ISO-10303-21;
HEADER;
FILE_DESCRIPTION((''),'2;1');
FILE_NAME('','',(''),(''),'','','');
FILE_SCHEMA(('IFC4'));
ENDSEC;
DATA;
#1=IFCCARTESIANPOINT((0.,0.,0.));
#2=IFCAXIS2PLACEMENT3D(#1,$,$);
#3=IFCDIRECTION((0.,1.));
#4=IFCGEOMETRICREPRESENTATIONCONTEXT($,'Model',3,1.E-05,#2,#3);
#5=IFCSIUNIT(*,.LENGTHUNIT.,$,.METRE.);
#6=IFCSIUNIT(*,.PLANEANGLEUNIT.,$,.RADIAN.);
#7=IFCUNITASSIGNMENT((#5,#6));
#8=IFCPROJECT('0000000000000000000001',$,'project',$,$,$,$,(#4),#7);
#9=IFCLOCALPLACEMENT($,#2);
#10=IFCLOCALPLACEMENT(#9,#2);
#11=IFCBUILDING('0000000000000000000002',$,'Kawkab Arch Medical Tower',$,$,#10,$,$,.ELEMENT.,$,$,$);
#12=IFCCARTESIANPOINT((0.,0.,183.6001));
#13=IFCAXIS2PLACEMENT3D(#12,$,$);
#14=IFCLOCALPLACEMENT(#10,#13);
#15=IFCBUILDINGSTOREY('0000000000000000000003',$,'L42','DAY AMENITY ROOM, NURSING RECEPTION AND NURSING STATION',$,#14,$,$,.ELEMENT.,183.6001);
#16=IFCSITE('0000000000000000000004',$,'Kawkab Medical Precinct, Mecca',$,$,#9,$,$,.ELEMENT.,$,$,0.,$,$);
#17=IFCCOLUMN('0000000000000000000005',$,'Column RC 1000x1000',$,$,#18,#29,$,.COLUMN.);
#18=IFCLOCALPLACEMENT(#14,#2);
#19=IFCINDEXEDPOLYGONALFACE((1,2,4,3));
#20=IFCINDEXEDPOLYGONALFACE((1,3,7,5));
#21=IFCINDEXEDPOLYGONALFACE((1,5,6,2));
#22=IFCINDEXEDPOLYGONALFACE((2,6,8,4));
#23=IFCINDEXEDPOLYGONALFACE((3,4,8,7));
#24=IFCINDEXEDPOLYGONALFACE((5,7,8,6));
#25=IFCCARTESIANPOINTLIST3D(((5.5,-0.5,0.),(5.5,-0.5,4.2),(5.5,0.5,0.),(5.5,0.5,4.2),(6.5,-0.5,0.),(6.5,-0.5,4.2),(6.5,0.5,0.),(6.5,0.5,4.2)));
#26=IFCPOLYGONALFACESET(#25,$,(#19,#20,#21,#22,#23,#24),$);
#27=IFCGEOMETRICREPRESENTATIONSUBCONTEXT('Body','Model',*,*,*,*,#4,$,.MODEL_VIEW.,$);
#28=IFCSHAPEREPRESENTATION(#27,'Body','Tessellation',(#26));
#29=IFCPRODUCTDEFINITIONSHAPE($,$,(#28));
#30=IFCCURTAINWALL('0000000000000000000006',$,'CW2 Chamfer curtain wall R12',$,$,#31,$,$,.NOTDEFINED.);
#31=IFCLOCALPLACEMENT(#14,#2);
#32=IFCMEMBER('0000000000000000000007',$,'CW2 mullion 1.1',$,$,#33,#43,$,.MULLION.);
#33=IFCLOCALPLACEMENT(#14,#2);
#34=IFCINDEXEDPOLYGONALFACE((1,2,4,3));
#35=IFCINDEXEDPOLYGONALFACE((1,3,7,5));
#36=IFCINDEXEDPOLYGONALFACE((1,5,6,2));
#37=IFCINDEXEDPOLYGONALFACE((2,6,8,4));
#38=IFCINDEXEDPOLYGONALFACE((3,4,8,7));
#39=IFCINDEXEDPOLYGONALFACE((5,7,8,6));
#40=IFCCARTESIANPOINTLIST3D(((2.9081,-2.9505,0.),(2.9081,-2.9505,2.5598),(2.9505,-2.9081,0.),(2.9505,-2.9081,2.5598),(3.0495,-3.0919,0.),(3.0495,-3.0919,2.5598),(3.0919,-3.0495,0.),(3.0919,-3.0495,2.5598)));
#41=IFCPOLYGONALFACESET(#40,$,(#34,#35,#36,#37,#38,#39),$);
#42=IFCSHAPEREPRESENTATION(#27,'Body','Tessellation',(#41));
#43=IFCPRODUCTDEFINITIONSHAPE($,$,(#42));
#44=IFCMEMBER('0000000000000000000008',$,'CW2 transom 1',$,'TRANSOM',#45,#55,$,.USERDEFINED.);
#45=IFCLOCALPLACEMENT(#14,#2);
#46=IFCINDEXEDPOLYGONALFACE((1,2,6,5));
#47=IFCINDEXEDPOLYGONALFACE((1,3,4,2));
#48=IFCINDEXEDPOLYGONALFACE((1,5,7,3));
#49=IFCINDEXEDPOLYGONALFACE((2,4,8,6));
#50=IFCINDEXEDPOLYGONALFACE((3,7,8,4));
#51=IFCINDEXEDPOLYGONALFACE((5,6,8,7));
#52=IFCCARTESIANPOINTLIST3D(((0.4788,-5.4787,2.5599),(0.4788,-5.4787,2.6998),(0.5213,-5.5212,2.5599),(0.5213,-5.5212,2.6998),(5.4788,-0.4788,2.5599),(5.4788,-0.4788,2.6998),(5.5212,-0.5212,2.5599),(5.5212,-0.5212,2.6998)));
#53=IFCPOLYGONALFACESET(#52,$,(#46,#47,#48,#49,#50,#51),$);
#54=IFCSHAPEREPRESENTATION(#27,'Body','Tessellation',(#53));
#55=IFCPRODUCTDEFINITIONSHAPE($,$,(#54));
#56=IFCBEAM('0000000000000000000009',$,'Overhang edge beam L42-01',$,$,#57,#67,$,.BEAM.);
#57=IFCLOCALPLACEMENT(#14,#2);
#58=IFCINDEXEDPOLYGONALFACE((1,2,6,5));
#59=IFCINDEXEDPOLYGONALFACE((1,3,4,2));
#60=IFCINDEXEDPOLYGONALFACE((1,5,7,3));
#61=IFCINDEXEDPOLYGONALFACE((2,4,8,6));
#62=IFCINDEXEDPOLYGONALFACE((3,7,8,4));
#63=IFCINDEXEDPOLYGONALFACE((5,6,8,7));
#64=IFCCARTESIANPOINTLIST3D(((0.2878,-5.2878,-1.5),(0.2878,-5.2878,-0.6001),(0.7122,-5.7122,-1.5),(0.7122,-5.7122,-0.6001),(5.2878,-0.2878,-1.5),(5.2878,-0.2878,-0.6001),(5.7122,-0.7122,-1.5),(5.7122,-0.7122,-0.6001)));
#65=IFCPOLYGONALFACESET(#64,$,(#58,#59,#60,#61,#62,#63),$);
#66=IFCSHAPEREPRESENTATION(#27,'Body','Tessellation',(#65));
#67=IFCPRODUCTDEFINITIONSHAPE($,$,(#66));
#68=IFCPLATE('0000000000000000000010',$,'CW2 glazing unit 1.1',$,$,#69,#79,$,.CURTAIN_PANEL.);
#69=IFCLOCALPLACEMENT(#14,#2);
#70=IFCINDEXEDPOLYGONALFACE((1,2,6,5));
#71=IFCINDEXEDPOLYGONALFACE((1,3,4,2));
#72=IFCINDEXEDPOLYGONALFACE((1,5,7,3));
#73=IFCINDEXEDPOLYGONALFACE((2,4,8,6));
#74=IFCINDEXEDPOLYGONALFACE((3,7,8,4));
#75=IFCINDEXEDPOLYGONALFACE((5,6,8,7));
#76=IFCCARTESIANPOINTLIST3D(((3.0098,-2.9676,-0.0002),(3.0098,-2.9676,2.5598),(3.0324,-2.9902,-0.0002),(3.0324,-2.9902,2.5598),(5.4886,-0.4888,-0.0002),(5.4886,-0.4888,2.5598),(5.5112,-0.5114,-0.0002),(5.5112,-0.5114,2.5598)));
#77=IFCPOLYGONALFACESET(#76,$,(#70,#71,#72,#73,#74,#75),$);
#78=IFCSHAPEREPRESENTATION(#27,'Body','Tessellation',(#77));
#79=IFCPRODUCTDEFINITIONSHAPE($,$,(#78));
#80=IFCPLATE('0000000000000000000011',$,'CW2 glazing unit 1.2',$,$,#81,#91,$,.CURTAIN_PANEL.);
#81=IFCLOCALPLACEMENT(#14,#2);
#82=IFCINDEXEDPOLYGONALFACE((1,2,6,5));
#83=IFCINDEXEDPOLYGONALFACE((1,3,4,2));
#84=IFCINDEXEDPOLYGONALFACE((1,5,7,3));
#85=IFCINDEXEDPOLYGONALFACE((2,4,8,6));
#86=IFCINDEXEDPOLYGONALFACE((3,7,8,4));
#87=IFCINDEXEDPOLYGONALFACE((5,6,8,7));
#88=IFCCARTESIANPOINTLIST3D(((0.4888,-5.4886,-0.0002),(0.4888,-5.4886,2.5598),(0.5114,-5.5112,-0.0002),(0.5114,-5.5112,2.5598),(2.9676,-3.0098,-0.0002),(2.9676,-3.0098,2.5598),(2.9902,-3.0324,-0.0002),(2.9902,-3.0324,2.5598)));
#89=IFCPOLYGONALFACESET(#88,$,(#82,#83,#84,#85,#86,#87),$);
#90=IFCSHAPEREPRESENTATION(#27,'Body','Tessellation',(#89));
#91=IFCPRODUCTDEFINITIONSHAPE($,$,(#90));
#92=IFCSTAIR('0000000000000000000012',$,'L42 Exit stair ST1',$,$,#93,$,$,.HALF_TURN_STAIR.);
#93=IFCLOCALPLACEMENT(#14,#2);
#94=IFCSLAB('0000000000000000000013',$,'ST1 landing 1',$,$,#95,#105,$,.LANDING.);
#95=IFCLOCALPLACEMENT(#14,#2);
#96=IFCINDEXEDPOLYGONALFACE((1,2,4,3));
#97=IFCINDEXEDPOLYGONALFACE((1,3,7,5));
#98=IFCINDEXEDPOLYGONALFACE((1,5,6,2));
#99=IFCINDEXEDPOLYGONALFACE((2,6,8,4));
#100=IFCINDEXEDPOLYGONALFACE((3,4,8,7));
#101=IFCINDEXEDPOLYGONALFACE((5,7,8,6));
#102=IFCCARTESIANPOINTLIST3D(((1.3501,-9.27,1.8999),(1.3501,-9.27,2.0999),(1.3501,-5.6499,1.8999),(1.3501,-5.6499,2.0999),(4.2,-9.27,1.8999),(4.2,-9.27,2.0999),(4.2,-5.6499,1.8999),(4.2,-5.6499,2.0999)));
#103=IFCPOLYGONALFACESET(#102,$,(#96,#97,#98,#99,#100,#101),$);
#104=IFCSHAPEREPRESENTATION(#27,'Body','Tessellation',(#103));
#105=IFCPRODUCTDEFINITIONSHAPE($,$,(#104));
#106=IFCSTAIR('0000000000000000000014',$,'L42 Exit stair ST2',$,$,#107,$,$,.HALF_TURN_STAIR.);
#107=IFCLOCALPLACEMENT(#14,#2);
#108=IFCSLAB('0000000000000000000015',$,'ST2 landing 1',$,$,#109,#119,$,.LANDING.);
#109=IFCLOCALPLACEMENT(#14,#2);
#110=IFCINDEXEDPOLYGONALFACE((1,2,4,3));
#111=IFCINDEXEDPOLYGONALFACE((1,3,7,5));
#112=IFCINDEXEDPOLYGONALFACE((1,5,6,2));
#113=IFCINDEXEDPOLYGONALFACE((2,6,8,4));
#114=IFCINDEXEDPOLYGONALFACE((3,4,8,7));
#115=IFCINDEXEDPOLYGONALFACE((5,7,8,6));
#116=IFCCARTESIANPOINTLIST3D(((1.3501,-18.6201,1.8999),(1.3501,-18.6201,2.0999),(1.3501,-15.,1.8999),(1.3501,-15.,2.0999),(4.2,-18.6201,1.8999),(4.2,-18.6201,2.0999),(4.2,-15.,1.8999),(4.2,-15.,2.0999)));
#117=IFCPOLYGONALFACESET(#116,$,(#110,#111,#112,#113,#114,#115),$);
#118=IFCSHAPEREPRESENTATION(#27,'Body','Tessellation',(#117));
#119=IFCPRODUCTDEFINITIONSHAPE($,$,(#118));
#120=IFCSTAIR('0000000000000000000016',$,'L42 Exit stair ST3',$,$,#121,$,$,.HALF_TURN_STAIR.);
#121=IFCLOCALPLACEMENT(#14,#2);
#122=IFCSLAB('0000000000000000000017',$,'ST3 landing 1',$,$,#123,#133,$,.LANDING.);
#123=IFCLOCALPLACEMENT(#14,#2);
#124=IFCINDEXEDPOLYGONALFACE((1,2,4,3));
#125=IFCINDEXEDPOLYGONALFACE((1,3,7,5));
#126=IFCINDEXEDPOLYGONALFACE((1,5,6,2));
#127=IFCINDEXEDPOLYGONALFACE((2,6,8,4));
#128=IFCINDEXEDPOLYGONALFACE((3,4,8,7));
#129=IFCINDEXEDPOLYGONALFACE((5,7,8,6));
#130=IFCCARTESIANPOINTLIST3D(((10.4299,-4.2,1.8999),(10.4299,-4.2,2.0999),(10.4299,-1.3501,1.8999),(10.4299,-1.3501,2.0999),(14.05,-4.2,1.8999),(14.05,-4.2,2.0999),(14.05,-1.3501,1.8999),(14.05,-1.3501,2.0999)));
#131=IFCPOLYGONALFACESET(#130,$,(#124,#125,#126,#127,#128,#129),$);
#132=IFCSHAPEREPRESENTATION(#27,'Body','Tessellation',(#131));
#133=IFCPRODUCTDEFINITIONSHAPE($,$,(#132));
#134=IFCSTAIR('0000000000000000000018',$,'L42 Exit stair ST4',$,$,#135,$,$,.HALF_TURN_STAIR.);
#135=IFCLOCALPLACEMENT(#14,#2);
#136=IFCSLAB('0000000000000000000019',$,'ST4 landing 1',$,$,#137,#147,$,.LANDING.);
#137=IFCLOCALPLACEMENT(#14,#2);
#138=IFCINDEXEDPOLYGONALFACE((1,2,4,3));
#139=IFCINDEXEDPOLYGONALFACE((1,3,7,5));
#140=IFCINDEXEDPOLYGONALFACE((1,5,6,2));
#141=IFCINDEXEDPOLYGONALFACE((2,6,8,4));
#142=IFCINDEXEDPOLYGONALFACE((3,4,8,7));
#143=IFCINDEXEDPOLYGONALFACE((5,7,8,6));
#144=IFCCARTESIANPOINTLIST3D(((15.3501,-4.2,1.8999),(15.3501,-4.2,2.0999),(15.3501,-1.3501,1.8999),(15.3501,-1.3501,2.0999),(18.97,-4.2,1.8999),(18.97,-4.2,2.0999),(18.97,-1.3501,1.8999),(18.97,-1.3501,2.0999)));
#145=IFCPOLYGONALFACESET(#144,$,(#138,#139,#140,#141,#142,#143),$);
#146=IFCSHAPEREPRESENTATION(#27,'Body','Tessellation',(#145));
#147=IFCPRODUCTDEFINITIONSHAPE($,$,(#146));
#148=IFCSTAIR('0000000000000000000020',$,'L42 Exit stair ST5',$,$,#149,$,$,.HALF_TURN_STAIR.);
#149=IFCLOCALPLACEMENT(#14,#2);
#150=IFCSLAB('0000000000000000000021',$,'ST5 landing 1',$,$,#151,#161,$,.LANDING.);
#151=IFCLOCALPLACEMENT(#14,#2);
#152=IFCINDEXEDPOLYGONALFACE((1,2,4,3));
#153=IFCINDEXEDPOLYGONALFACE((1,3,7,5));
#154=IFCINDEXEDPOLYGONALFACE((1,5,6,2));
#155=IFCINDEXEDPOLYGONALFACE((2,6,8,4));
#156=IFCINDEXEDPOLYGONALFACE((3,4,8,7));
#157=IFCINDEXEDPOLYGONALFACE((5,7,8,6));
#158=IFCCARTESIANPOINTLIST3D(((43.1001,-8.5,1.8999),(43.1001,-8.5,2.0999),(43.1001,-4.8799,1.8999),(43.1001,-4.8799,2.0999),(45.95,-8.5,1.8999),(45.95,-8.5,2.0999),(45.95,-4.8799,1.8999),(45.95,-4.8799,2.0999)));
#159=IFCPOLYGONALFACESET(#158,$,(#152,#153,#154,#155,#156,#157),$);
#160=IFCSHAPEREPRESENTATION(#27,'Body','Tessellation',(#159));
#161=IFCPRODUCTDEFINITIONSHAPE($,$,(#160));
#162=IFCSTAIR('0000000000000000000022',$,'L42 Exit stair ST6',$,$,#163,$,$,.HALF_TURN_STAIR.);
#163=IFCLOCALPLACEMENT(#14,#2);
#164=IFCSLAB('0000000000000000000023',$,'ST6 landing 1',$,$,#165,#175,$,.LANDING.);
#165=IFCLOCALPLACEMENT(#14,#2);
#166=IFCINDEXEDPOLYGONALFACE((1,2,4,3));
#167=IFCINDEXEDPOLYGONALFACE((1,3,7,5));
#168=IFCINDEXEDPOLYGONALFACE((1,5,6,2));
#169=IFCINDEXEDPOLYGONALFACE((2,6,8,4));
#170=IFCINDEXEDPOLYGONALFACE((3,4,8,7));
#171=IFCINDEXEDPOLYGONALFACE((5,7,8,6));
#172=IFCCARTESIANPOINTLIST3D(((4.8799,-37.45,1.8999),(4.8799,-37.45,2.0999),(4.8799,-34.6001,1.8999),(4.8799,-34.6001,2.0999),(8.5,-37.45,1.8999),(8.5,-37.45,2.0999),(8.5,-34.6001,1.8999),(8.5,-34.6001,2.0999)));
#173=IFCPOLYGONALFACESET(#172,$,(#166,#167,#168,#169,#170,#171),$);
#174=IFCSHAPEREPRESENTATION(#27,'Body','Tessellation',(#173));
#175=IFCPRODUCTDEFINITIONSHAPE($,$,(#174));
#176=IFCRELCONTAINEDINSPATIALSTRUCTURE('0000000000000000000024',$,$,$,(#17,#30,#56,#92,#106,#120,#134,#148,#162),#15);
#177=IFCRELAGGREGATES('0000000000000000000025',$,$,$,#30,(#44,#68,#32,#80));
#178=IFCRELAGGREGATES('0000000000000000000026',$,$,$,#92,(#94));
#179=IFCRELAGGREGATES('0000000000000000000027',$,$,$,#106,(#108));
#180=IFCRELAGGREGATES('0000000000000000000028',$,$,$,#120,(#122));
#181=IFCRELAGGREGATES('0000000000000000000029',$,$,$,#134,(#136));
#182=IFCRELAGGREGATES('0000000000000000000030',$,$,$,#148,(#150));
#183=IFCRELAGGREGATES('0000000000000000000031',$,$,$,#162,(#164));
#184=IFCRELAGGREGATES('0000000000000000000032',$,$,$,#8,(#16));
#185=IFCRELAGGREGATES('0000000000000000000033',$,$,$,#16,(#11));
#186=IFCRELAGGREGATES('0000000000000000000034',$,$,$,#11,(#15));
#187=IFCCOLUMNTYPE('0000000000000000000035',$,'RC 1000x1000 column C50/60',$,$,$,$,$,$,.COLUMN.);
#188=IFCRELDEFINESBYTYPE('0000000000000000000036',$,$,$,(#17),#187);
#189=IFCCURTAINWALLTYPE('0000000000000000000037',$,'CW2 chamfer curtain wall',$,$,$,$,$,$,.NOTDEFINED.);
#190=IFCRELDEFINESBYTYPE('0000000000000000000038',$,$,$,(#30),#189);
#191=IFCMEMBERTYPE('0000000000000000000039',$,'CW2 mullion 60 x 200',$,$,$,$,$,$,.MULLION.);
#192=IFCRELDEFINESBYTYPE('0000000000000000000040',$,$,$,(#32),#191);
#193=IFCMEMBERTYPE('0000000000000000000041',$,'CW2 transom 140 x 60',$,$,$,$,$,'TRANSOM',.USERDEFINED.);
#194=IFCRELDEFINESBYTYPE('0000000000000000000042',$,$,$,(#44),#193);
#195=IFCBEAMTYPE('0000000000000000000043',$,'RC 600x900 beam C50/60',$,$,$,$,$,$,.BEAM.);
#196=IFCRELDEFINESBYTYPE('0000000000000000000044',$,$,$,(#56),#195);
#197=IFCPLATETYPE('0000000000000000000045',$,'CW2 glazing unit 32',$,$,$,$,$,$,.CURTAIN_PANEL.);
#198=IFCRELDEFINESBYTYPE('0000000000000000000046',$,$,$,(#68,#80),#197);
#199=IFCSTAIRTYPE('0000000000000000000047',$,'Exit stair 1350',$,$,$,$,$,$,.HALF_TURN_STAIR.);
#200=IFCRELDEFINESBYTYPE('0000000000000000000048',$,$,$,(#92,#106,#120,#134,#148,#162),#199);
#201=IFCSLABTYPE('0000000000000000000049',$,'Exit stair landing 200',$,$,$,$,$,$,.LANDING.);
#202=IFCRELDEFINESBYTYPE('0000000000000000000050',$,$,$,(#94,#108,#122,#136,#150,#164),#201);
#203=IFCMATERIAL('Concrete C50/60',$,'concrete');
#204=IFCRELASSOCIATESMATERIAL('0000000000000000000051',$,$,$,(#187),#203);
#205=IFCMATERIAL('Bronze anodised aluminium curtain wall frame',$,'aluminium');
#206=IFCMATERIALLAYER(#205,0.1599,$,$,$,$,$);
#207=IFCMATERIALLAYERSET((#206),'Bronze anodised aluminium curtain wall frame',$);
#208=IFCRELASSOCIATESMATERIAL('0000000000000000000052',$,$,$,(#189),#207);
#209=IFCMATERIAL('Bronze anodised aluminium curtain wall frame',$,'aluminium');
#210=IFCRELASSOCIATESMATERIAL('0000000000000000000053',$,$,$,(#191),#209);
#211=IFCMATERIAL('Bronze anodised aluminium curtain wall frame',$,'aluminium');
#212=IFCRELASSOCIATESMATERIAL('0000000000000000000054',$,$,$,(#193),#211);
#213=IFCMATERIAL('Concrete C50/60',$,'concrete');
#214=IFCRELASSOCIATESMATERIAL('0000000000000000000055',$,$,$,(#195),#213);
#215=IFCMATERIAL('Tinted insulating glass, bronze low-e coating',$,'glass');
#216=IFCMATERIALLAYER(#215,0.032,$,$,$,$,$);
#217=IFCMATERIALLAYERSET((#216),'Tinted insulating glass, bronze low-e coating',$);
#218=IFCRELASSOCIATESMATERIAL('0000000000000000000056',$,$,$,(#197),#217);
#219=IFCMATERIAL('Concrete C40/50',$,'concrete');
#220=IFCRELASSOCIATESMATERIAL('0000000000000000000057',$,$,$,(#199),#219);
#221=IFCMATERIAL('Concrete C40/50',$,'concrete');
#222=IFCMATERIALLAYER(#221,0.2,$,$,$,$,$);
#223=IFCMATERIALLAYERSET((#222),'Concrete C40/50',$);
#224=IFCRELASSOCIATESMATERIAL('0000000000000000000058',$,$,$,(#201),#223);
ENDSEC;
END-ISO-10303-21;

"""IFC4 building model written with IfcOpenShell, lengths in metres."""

from ifc_helpers import new_model, si_unit, direction, frame, origin, origin_2d, place, context, subcontext, project, spatial, polyline, rectangle, outline, extrude, material, layer, layer_set, material_profile, profile_set, type_object, element, aggregate, save


model = new_model("IFC4")

# Units and contexts
model_context = context("Model", 3, precision=1e-05, world=origin(), true_north=direction((0.0, 1.0)))
body_context = subcontext(model_context, "Body", "Model", "MODEL_VIEW")
ifc_project = project(units=[si_unit("LENGTHUNIT", "METRE"), si_unit("PLANEANGLEUNIT", "RADIAN")], contexts=[model_context])

# Site, building, storey
site_placement = place(None, origin())
site = spatial("IfcSite", under=ifc_project, at=site_placement, Name="Kawkab Medical Precinct, Mecca", CompositionType="ELEMENT", RefElevation=0.0)
building_placement = place(site_placement, origin())
building = spatial("IfcBuilding", under=site, at=building_placement, Name="Kawkab Arch Medical Tower", CompositionType="ELEMENT")
storey_placement = place(building_placement, frame((0.0, 0.0, 183.6001)))
storey = spatial("IfcBuildingStorey", under=building, at=storey_placement, Name="L42", Description="DAY AMENITY ROOM, NURSING RECEPTION AND NURSING STATION", CompositionType="ELEMENT", Elevation=183.6001)

# Column
ifc_material_1 = material(Name="Concrete C50/60", Category="concrete")
ifc_material_profile_1 = material_profile(ifc_material_1, rectangle(XDim=1.0, YDim=1.0, at=origin_2d()), Name="RC 1000x1000")
ifc_profile_set_1 = profile_set([ifc_material_profile_1], Name="Concrete C50/60")
column_type = type_object("IfcColumnType", Name="RC 1000x1000 column C50/60", PredefinedType="COLUMN", material=ifc_profile_set_1)
column_placement = place(storey_placement, frame((6.0, 0.0, 0.0), z_axis=(0.0, 0.0, 1.0), x_axis=(1.0, 0.0, 0.0)))
element("IfcColumn", 1, at=column_placement, inside=storey, type_object=column_type, Name="Column RC 1000x1000", PredefinedType="COLUMN", context=body_context, shape_type="SweptSolid", body=[
    extrude(rectangle(XDim=1.0, YDim=1.0, at=origin_2d()), origin(), (0.0, 0.0, 1.0), 4.2),
])

# Curtain wall, members
ifc_material_2 = material(Name="Bronze anodised aluminium curtain wall frame", Category="aluminium")
ifc_layer_1 = layer(ifc_material_2, 0.1599)
ifc_layer_set_1 = layer_set([ifc_layer_1], Name="Bronze anodised aluminium curtain wall frame")
curtain_wall_type = type_object("IfcCurtainWallType", Name="CW2 chamfer curtain wall", PredefinedType="NOTDEFINED", material=ifc_layer_set_1)
placement_1 = place(storey_placement, origin())
curtain_wall = element("IfcCurtainWall", 2, at=placement_1, inside=storey, type_object=curtain_wall_type, Name="CW2 Chamfer curtain wall R12", PredefinedType="NOTDEFINED")
ifc_material_3 = material(Name="Bronze anodised aluminium curtain wall frame", Category="aluminium")
ifc_material_profile_2 = material_profile(ifc_material_3, rectangle(XDim=0.2, YDim=0.0601, at=origin_2d()), Name="AL 60x200")
ifc_profile_set_2 = profile_set([ifc_material_profile_2], Name="Bronze anodised aluminium curtain wall frame")
member_type_1 = type_object("IfcMemberType", Name="CW2 mullion 60 x 200", PredefinedType="MULLION", material=ifc_profile_set_2)
member_1_placement = place(storey_placement, frame((3.0, -3.0, 0.0), z_axis=(0.0, 0.0, 1.0), x_axis=(0.707107, -0.707107, 0.0)))
member_1 = element("IfcMember", 3, at=member_1_placement, type_object=member_type_1, Name="CW2 mullion 1.1", PredefinedType="MULLION", context=body_context, shape_type="SweptSolid", body=[
    extrude(rectangle(XDim=0.2, YDim=0.0601, at=origin_2d()), origin(), (0.0, 0.0, 1.0), 2.5598),
])
ifc_material_4 = material(Name="Bronze anodised aluminium curtain wall frame", Category="aluminium")
ifc_material_profile_3 = material_profile(ifc_material_4, rectangle(XDim=0.0601, YDim=0.1399, at=origin_2d()), Name="AL 60x140")
ifc_profile_set_3 = profile_set([ifc_material_profile_3], Name="Bronze anodised aluminium curtain wall frame")
member_type_2 = type_object("IfcMemberType", Name="CW2 transom 140 x 60", ElementType="TRANSOM", PredefinedType="USERDEFINED", material=ifc_profile_set_3)
member_2_placement = place(storey_placement, frame((5.5, -0.5, 2.6299), z_axis=(-0.707107, -0.707107, 0.0), x_axis=(0.707107, -0.707107, 0.0)))
member_2 = element("IfcMember", 4, at=member_2_placement, type_object=member_type_2, Name="CW2 transom 1", ObjectType="TRANSOM", PredefinedType="USERDEFINED", context=body_context, shape_type="SweptSolid", body=[
    extrude(rectangle(XDim=0.0601, YDim=0.1399, at=origin_2d()), origin(), (0.0, 0.0, 1.0), 7.071),
])

# Beam
ifc_material_5 = material(Name="Concrete C50/60", Category="concrete")
ifc_material_profile_4 = material_profile(ifc_material_5, rectangle(XDim=0.6001, YDim=0.8999, at=origin_2d()), Name="RC 600x900")
ifc_profile_set_4 = profile_set([ifc_material_profile_4], Name="Concrete C50/60")
beam_type = type_object("IfcBeamType", Name="RC 600x900 beam C50/60", PredefinedType="BEAM", material=ifc_profile_set_4)
beam_placement = place(storey_placement, frame((0.5, -5.5, -1.05), z_axis=(0.707107, 0.707107, 0.0), x_axis=(-0.707107, 0.707107, 0.0)))
element("IfcBeam", 5, at=beam_placement, inside=storey, type_object=beam_type, Name="Overhang edge beam L42-01", PredefinedType="BEAM", context=body_context, shape_type="SweptSolid", body=[
    extrude(rectangle(XDim=0.6001, YDim=0.8999, at=origin_2d()), origin(), (0.0, 0.0, 1.0), 7.071),
])

# Plates
ifc_material_6 = material(Name="Tinted insulating glass, bronze low-e coating", Category="glass")
ifc_layer_2 = layer(ifc_material_6, 0.032)
ifc_layer_set_2 = layer_set([ifc_layer_2], Name="Tinted insulating glass, bronze low-e coating")
plate_type = type_object("IfcPlateType", Name="CW2 glazing unit 32", PredefinedType="CURTAIN_PANEL", material=ifc_layer_set_2)
plate_1_placement = place(storey_placement, frame((4.2605, -1.7395, -0.0002), z_axis=(0.0, 0.0, 1.0), x_axis=(-0.707107, -0.707107, 0.0)))
plate_1 = element("IfcPlate", 6, at=plate_1_placement, type_object=plate_type, Name="CW2 glazing unit 1.1", PredefinedType="CURTAIN_PANEL", context=body_context, shape_type="SweptSolid", body=[
    extrude(rectangle(XDim=3.5056, YDim=0.032, at=origin_2d()), origin(), (0.0, 0.0, 1.0), 2.5601),
])
plate_2_placement = place(storey_placement, frame((1.7395, -4.2605, -0.0002), z_axis=(0.0, 0.0, 1.0), x_axis=(-0.707107, -0.707107, 0.0)))
plate_2 = element("IfcPlate", 7, at=plate_2_placement, type_object=plate_type, Name="CW2 glazing unit 1.2", PredefinedType="CURTAIN_PANEL", context=body_context, shape_type="SweptSolid", body=[
    extrude(rectangle(XDim=3.5056, YDim=0.032, at=origin_2d()), origin(), (0.0, 0.0, 1.0), 2.5601),
])
aggregate(curtain_wall, [member_2, plate_1, member_1, plate_2])

# Stairs, slabs
ifc_material_7 = material(Name="Concrete C40/50", Category="concrete")
stair_type = type_object("IfcStairType", Name="Exit stair 1350", PredefinedType="HALF_TURN_STAIR", material=ifc_material_7)
stair_1 = element("IfcStair", 8, at=placement_1, inside=storey, type_object=stair_type, Name="L42 Exit stair ST1", PredefinedType="HALF_TURN_STAIR")
ifc_material_8 = material(Name="Concrete C40/50", Category="concrete")
ifc_layer_3 = layer(ifc_material_8, 0.2)
ifc_layer_set_3 = layer_set([ifc_layer_3], Name="Concrete C40/50")
slab_type_1 = type_object("IfcSlabType", Name="Exit stair landing 200", PredefinedType="LANDING", material=ifc_layer_set_3)
placement_2 = place(storey_placement, frame((0.0, 0.0, 1.8999)))
slab_1 = element("IfcSlab", 9, at=placement_2, type_object=slab_type_1, Name="ST1 landing 1", PredefinedType="LANDING", context=body_context, shape_type="SweptSolid", body=[
    extrude(outline(polyline([(4.2, -9.27), (4.2, -5.6499), (1.3501, -5.6499), (1.3501, -9.27), (4.2, -9.27)])), origin(), (0.0, 0.0, 1.0), 0.2),
])
aggregate(stair_1, [slab_1])
stair_2 = element("IfcStair", 10, at=placement_1, inside=storey, type_object=stair_type, Name="L42 Exit stair ST2", PredefinedType="HALF_TURN_STAIR")
slab_2 = element("IfcSlab", 11, at=placement_2, type_object=slab_type_1, Name="ST2 landing 1", PredefinedType="LANDING", context=body_context, shape_type="SweptSolid", body=[
    extrude(outline(polyline([(4.2, -18.6201), (4.2, -15.0), (1.3501, -15.0), (1.3501, -18.6201), (4.2, -18.6201)])), origin(), (0.0, 0.0, 1.0), 0.2),
])
aggregate(stair_2, [slab_2])
stair_3 = element("IfcStair", 12, at=placement_1, inside=storey, type_object=stair_type, Name="L42 Exit stair ST3", PredefinedType="HALF_TURN_STAIR")
slab_3 = element("IfcSlab", 13, at=placement_2, type_object=slab_type_1, Name="ST3 landing 1", PredefinedType="LANDING", context=body_context, shape_type="SweptSolid", body=[
    extrude(outline(polyline([(10.4299, -4.2), (14.05, -4.2), (14.05, -1.3501), (10.4299, -1.3501), (10.4299, -4.2)])), origin(), (0.0, 0.0, 1.0), 0.2),
])
aggregate(stair_3, [slab_3])
stair_4 = element("IfcStair", 14, at=placement_1, inside=storey, type_object=stair_type, Name="L42 Exit stair ST4", PredefinedType="HALF_TURN_STAIR")
slab_4 = element("IfcSlab", 15, at=placement_2, type_object=slab_type_1, Name="ST4 landing 1", PredefinedType="LANDING", context=body_context, shape_type="SweptSolid", body=[
    extrude(outline(polyline([(18.97, -1.3501), (15.3501, -1.3501), (15.3501, -4.2), (18.97, -4.2), (18.97, -1.3501)])), origin(), (0.0, 0.0, 1.0), 0.2),
])
aggregate(stair_4, [slab_4])
stair_5 = element("IfcStair", 16, at=placement_1, inside=storey, type_object=stair_type, Name="L42 Exit stair ST5", PredefinedType="HALF_TURN_STAIR")
slab_5 = element("IfcSlab", 17, at=placement_2, type_object=slab_type_1, Name="ST5 landing 1", PredefinedType="LANDING", context=body_context, shape_type="SweptSolid", body=[
    extrude(outline(polyline([(43.1001, -4.8799), (43.1001, -8.5), (45.95, -8.5), (45.95, -4.8799), (43.1001, -4.8799)])), origin(), (0.0, 0.0, 1.0), 0.2),
])
aggregate(stair_5, [slab_5])
stair_6 = element("IfcStair", 18, at=placement_1, inside=storey, type_object=stair_type, Name="L42 Exit stair ST6", PredefinedType="HALF_TURN_STAIR")
slab_6 = element("IfcSlab", 19, at=placement_2, type_object=slab_type_1, Name="ST6 landing 1", PredefinedType="LANDING", context=body_context, shape_type="SweptSolid", body=[
    extrude(outline(polyline([(4.8799, -37.45), (8.5, -37.45), (8.5, -34.6001), (4.8799, -34.6001), (4.8799, -37.45)])), origin(), (0.0, 0.0, 1.0), 0.2),
])
aggregate(stair_6, [slab_6])

save(model, "model.ifc")
